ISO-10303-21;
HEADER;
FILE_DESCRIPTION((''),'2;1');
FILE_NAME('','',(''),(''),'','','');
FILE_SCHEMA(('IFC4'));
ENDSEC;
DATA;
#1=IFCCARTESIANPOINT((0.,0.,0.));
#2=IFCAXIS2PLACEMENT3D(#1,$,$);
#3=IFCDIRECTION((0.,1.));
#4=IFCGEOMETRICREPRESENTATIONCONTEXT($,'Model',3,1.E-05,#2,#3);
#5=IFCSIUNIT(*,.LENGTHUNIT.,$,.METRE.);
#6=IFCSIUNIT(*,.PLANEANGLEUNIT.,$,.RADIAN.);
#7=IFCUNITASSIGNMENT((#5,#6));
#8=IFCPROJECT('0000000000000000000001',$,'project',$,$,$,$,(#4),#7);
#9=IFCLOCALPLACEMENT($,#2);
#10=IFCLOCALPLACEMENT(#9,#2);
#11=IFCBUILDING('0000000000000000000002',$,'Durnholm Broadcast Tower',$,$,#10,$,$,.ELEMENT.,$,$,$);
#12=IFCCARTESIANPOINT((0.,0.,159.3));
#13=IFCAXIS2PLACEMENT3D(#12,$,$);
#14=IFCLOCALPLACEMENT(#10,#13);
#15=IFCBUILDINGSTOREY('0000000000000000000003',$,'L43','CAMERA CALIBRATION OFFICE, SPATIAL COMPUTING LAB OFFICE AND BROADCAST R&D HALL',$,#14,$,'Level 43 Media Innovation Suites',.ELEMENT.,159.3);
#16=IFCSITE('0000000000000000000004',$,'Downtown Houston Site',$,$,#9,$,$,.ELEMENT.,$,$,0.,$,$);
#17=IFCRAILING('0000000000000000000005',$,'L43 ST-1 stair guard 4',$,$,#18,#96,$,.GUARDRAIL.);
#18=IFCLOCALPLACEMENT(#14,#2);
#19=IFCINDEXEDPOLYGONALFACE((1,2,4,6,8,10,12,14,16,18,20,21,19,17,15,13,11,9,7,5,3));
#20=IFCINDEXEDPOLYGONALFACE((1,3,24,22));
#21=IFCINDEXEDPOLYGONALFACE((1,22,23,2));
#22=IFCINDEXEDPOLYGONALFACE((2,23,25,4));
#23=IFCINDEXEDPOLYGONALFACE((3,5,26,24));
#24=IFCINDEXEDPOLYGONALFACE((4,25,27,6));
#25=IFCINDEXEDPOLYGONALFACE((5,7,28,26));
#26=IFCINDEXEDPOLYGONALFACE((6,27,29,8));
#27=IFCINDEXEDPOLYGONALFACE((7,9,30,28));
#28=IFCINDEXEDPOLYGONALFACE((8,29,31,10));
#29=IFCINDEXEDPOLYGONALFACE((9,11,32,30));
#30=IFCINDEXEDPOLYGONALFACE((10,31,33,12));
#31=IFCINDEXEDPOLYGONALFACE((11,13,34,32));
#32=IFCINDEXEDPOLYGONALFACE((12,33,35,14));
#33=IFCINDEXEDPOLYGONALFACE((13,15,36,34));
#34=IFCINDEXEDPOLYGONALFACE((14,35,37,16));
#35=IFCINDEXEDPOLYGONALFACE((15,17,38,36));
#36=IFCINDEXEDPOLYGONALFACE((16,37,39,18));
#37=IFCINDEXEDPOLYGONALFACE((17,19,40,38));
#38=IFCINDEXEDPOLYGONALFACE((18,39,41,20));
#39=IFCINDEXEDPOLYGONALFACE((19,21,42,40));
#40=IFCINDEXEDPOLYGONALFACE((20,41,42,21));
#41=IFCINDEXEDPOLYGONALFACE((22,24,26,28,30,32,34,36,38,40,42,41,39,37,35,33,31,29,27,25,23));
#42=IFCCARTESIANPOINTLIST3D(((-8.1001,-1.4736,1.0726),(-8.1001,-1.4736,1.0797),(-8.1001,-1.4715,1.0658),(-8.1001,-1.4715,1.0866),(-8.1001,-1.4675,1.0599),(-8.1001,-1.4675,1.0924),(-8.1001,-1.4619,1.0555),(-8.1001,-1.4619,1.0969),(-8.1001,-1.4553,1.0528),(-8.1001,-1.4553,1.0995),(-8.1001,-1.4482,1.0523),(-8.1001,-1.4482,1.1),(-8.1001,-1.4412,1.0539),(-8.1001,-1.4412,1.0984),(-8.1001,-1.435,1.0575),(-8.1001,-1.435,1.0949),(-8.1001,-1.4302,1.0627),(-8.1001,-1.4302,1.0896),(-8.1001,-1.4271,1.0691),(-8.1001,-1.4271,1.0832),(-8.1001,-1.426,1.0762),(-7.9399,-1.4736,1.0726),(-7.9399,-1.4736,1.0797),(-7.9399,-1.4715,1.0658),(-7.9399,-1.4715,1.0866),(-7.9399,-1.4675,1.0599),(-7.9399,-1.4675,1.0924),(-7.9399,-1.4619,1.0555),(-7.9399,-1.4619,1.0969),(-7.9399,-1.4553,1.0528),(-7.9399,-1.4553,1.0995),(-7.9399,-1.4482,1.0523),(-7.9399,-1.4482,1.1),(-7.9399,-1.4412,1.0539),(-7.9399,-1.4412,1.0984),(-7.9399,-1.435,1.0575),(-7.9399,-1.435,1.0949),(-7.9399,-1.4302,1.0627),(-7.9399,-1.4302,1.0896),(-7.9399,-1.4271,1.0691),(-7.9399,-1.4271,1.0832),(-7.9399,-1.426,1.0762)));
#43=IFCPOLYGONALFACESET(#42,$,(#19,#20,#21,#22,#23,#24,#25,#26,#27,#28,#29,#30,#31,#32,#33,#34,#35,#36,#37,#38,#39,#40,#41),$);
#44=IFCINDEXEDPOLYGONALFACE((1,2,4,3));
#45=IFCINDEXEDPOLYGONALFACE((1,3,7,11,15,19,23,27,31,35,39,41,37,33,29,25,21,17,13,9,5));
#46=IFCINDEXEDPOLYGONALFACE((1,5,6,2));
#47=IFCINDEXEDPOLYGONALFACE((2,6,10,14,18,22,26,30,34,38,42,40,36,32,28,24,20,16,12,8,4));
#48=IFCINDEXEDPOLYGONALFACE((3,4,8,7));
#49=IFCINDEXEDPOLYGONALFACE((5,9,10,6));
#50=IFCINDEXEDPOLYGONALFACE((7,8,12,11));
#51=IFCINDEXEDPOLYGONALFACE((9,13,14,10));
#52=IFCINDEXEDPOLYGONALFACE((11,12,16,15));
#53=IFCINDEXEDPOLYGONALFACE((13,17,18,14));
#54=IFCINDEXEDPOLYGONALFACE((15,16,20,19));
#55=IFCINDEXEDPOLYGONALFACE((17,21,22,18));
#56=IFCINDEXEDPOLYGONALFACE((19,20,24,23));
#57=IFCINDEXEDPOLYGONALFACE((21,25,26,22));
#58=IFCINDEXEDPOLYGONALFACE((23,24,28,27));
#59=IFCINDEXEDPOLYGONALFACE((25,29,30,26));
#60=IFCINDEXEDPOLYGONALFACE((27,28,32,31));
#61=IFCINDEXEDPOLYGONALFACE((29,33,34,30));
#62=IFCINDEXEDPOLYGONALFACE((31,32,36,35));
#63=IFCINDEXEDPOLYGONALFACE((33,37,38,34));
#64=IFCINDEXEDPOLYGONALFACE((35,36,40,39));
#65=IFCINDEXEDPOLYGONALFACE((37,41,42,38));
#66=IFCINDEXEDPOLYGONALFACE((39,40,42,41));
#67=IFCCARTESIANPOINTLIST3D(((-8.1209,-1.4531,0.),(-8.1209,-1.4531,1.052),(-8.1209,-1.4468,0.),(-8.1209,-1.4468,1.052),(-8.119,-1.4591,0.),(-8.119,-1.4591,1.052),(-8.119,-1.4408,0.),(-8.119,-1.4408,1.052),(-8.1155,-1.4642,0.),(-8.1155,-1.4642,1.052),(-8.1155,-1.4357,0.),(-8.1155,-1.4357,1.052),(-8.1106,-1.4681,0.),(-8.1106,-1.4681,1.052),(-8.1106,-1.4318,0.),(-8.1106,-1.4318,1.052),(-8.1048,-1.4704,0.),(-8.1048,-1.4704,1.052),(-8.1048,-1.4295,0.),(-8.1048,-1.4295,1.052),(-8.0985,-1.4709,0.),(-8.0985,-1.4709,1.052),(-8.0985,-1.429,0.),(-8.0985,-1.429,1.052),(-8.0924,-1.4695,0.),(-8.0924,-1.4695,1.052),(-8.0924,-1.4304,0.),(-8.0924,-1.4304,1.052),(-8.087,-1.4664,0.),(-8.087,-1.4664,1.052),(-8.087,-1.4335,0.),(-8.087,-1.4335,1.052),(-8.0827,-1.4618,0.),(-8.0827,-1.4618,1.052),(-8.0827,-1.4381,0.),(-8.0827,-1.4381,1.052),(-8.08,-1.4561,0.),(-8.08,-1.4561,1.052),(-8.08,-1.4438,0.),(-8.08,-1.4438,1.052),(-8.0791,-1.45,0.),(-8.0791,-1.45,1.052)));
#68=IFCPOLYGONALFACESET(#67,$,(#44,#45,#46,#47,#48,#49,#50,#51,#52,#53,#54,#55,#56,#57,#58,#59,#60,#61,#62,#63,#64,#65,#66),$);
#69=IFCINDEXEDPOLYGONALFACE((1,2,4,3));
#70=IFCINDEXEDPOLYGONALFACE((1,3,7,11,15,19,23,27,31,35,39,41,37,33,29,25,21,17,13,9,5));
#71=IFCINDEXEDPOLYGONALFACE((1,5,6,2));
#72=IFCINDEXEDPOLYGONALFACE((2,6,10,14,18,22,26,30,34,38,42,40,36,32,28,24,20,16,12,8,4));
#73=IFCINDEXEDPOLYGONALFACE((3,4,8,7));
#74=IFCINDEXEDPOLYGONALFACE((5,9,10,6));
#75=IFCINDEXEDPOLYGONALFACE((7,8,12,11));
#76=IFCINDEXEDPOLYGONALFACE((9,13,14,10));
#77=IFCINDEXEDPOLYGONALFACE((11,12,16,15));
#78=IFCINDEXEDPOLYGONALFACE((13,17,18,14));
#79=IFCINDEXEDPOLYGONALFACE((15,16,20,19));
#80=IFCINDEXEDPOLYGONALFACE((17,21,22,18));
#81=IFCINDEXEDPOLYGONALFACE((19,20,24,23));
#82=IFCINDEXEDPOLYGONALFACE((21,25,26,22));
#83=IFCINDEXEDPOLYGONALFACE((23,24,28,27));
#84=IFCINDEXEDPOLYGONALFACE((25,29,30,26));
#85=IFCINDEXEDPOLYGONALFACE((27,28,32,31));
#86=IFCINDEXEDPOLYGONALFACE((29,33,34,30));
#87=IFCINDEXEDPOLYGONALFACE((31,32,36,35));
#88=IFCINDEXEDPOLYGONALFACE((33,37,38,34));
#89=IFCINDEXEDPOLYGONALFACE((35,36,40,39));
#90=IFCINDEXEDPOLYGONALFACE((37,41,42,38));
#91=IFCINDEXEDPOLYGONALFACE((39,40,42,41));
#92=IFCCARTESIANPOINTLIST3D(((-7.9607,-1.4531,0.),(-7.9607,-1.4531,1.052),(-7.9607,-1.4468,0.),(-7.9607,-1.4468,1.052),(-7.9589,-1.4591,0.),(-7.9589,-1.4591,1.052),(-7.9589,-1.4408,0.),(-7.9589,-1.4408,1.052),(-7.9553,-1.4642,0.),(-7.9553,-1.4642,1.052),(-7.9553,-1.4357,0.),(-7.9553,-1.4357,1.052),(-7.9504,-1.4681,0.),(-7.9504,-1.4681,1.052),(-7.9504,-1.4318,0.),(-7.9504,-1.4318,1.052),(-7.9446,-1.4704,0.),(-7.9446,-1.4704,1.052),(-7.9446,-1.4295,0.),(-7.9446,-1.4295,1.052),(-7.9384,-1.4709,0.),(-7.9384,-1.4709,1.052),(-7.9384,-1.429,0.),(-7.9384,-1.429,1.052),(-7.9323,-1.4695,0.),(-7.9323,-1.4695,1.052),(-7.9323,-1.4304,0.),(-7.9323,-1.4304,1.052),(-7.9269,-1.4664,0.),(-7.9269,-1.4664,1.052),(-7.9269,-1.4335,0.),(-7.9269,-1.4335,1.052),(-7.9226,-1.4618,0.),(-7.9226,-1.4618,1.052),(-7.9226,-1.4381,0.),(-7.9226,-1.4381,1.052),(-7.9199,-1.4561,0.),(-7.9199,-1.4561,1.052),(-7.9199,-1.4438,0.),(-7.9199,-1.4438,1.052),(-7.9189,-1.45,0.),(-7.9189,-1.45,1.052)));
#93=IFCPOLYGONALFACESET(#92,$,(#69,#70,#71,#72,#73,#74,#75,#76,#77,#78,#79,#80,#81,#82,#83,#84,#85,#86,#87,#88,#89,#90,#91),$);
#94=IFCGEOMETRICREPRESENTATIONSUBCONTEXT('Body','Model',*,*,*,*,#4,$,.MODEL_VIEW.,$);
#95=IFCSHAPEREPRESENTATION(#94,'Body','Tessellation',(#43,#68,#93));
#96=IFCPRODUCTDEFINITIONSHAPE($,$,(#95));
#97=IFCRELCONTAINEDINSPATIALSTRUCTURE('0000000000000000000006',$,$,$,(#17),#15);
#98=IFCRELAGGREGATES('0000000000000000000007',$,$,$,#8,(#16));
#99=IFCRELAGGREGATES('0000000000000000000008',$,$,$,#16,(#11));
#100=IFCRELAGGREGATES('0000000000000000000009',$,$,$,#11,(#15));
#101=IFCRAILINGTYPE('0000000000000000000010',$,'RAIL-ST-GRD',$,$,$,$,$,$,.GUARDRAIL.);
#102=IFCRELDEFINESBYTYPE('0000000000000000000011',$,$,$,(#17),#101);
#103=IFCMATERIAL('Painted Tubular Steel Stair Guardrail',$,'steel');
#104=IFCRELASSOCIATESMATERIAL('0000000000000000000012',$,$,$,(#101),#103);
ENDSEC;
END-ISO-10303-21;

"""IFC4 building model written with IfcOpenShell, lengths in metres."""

from ifc_helpers import new_model, si_unit, direction, frame, origin, origin_2d, place, context, subcontext, project, spatial, circle, extrude, material, type_object, element, save


model = new_model("IFC4")

# Units and contexts
model_context = context("Model", 3, precision=1e-05, world=origin(), true_north=direction((0.0, 1.0)))
body_context = subcontext(model_context, "Body", "Model", "MODEL_VIEW")
ifc_project = project(units=[si_unit("LENGTHUNIT", "METRE"), si_unit("PLANEANGLEUNIT", "RADIAN")], contexts=[model_context])

# Site, building, storey
site_placement = place(None, origin())
site = spatial("IfcSite", under=ifc_project, at=site_placement, Name="Downtown Houston Site", CompositionType="ELEMENT", RefElevation=0.0)
building_placement = place(site_placement, origin())
building = spatial("IfcBuilding", under=site, at=building_placement, Name="Durnholm Broadcast Tower", CompositionType="ELEMENT")
storey_placement = place(building_placement, frame((0.0, 0.0, 159.3)))
storey = spatial("IfcBuildingStorey", under=building, at=storey_placement, Name="L43", Description="CAMERA CALIBRATION OFFICE, SPATIAL COMPUTING LAB OFFICE AND BROADCAST R&D HALL", LongName="Level 43 Media Innovation Suites", CompositionType="ELEMENT", Elevation=159.3)

# Railing
ifc_material_1 = material(Name="Painted Tubular Steel Stair Guardrail", Category="steel")
railing_type_1 = type_object("IfcRailingType", Name="RAIL-ST-GRD", PredefinedType="GUARDRAIL", material=ifc_material_1)
railing_1_placement = place(storey_placement, frame((-8.1001, -1.45, 0.0)))
element("IfcRailing", 1, at=railing_1_placement, inside=storey, type_object=railing_type_1, Name="L43 ST-1 stair guard 4", PredefinedType="GUARDRAIL", context=body_context, shape_type="SweptSolid", body=[
    extrude(circle(Radius=0.0239, at=origin_2d()), frame((0.0, 0.0, 1.0762), z_axis=(1.0, 0.0, 0.0), x_axis=(0.0, 1.0, 0.0)), (0.0, 0.0, 1.0), 0.1602),
    extrude(circle(Radius=0.021, at=origin_2d()), origin(), (0.0, 0.0, 1.0), 1.052),
    extrude(circle(Radius=0.021, at=origin_2d()), frame((0.1602, 0.0, 0.0)), (0.0, 0.0, 1.0), 1.052),
])

save(model, "model.ifc")
